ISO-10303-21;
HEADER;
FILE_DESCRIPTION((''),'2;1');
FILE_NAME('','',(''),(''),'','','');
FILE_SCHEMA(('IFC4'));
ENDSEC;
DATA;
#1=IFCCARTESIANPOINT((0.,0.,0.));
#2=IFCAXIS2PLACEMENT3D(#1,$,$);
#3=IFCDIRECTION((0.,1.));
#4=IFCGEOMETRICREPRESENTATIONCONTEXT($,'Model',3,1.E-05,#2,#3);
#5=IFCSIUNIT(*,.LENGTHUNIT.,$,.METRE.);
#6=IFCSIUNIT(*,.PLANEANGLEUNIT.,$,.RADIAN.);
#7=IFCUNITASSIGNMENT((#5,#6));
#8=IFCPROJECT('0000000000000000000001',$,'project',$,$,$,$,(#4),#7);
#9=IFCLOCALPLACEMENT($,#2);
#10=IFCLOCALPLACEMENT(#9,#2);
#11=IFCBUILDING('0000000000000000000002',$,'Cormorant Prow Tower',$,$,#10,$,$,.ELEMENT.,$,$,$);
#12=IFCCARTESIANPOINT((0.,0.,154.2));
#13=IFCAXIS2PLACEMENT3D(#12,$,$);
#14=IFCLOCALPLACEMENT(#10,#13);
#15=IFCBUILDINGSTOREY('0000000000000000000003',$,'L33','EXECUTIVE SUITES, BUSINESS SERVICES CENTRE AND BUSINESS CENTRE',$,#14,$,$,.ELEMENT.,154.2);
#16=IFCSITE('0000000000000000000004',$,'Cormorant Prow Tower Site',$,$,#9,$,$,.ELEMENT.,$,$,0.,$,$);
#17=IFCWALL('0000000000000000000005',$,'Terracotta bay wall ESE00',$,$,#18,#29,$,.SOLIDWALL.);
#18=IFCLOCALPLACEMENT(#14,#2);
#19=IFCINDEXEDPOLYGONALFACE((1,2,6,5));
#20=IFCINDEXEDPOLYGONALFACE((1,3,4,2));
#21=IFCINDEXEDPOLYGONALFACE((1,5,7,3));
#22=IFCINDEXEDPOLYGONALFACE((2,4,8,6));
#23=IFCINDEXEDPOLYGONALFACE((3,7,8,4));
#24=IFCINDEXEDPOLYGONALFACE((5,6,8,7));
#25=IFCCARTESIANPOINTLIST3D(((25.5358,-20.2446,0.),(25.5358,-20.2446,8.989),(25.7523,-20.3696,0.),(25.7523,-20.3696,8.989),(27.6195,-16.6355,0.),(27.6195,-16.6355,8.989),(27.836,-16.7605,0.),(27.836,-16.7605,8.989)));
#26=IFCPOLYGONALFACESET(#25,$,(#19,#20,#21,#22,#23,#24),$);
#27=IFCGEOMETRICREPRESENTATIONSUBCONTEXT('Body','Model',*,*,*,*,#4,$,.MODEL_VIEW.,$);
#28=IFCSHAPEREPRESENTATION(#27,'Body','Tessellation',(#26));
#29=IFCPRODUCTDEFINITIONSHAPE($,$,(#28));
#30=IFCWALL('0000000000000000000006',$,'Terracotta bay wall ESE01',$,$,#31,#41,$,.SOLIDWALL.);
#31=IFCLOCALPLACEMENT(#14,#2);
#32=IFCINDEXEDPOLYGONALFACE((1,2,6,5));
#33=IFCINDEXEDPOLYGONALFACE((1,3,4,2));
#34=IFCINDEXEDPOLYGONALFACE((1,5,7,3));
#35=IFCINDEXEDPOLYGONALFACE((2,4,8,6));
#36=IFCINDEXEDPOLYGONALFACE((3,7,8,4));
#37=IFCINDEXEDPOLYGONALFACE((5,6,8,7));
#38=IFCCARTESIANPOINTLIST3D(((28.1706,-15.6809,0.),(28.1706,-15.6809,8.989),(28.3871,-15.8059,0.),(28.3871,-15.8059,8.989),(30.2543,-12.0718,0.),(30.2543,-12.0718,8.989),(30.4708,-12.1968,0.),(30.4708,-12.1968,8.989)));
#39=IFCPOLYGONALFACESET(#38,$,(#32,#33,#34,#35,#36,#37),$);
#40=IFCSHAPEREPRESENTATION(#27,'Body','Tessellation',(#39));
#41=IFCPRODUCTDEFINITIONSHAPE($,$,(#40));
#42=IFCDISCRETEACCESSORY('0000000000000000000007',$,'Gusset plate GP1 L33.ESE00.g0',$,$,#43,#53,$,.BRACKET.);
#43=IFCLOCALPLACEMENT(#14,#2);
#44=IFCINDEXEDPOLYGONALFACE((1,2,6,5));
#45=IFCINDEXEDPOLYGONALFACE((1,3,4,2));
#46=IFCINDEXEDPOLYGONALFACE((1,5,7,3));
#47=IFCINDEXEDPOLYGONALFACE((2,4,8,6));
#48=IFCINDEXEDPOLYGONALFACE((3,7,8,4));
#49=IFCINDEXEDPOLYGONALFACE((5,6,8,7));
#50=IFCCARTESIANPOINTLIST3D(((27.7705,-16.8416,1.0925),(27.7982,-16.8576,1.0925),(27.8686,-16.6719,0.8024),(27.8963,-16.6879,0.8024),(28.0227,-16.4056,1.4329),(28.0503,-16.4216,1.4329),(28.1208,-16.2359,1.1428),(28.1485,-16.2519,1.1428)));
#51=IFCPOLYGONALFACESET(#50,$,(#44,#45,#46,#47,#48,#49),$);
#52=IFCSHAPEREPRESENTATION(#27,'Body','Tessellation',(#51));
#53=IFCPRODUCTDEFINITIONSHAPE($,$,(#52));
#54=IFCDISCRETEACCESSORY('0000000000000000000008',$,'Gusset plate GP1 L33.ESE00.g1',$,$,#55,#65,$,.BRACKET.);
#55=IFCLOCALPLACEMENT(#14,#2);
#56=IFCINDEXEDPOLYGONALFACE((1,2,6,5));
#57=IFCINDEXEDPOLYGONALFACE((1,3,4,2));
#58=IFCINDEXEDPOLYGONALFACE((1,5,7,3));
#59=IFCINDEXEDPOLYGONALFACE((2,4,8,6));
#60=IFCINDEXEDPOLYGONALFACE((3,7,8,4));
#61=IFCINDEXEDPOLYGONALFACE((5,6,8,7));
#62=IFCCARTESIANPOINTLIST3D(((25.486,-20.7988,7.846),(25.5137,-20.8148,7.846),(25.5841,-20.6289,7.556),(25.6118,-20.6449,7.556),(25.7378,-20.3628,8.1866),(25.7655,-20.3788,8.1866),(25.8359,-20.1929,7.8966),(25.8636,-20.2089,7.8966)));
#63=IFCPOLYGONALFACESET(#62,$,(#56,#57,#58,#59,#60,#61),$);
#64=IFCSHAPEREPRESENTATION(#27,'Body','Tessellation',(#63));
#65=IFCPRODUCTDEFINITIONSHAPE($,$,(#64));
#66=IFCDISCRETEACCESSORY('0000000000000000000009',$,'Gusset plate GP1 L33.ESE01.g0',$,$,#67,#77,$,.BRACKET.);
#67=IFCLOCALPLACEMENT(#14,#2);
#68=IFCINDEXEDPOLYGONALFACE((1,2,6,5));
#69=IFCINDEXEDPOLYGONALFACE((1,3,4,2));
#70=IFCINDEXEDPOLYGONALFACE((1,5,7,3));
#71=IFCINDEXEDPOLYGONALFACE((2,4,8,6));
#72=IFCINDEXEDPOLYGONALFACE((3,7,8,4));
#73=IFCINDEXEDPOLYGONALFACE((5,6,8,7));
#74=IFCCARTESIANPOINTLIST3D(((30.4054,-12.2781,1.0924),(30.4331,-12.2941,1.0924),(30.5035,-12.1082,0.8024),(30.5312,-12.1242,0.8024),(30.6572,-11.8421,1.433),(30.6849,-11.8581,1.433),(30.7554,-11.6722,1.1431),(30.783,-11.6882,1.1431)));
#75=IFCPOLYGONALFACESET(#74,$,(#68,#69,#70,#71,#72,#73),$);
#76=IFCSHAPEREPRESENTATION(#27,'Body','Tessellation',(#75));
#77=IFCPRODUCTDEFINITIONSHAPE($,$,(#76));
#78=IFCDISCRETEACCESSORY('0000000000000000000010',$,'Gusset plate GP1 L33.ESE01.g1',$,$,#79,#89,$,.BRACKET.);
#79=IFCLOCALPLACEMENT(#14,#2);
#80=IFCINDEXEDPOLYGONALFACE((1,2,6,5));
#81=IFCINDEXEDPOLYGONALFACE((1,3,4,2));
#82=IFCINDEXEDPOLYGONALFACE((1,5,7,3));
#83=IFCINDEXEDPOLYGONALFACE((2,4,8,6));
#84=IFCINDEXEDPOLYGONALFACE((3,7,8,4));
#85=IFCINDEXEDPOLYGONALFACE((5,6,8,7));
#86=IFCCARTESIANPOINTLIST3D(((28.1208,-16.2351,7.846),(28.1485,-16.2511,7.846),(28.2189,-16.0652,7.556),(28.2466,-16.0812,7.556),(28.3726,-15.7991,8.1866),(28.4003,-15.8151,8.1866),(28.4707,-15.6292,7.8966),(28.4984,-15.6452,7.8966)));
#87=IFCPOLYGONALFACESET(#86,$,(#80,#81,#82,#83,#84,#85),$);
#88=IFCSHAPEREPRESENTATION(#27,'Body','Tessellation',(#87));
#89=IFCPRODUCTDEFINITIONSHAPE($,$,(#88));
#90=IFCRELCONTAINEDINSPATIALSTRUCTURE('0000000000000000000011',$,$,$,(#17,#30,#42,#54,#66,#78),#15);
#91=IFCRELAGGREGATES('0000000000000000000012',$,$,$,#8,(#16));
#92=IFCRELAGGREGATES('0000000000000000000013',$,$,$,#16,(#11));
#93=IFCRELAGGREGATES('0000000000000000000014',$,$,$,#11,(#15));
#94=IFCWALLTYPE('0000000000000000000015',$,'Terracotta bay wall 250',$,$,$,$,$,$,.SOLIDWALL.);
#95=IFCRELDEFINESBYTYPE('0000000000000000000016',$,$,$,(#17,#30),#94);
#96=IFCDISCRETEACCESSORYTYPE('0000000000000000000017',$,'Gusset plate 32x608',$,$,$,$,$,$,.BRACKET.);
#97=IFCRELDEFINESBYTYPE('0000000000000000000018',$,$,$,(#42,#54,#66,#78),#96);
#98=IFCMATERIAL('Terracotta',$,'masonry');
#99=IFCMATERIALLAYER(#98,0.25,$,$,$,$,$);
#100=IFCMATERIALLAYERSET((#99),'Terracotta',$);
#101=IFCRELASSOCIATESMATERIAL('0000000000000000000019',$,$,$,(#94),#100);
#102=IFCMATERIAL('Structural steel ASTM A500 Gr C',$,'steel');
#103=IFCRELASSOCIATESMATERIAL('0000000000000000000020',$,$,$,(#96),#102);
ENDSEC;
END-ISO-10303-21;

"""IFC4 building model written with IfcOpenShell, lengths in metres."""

from ifc_helpers import new_model, si_unit, direction, frame, frame_2d, origin, origin_2d, place, context, subcontext, project, spatial, rectangle, extrude, material, layer, layer_set, material_profile, profile_set, type_object, element, save


model = new_model("IFC4")

# Units and contexts
model_context = context("Model", 3, precision=1e-05, world=origin(), true_north=direction((0.0, 1.0)))
body_context = subcontext(model_context, "Body", "Model", "MODEL_VIEW")
ifc_project = project(units=[si_unit("LENGTHUNIT", "METRE"), si_unit("PLANEANGLEUNIT", "RADIAN")], contexts=[model_context])

# Site, building, storey
site_placement = place(None, origin())
site = spatial("IfcSite", under=ifc_project, at=site_placement, Name="Cormorant Prow Tower Site", CompositionType="ELEMENT", RefElevation=0.0)
building_placement = place(site_placement, origin())
building = spatial("IfcBuilding", under=site, at=building_placement, Name="Cormorant Prow Tower", CompositionType="ELEMENT")
storey_placement = place(building_placement, frame((0.0, 0.0, 154.2)))
storey = spatial("IfcBuildingStorey", under=building, at=storey_placement, Name="L33", Description="EXECUTIVE SUITES, BUSINESS SERVICES CENTRE AND BUSINESS CENTRE", CompositionType="ELEMENT", Elevation=154.2)

# Walls
ifc_material_1 = material(Name="Terracotta", Category="masonry")
ifc_layer_1 = layer(ifc_material_1, 0.25)
ifc_layer_set_1 = layer_set([ifc_layer_1], Name="Terracotta")
wall_type_1 = type_object("IfcWallType", Name="Terracotta bay wall 250", PredefinedType="SOLIDWALL", material=ifc_layer_set_1)
for number, where, z_axis, x_axis, name in (
    (1, (25.644, -20.3071, 0.0), (0.0, 0.0, 1.0), (0.500001, 0.866025, 0.0), "Terracotta bay wall ESE00"),
    (2, (28.2788, -15.7434, 0.0), (0.0, 0.0, 1.0), (0.500001, 0.866025, 0.0), "Terracotta bay wall ESE01"),
):
    element("IfcWall", number, at=place(storey_placement, frame(where, z_axis=z_axis, x_axis=x_axis)), inside=storey, type_object=wall_type_1, Name=name, PredefinedType="SOLIDWALL", context=body_context, shape_type="SweptSolid", body=[
        extrude(rectangle(XDim=4.1675, YDim=0.25, at=frame_2d((2.0837, 0.0))), origin(), (0.0, 0.0, 1.0), 8.989),
    ])

# Discrete accessories
ifc_material_2 = material(Name="Structural steel ASTM A500 Gr C", Category="steel")
ifc_material_profile_1 = material_profile(ifc_material_2, rectangle(XDim=0.032, YDim=0.6079, at=origin_2d()), Name="Gusset plate 32x608")
ifc_profile_set_1 = profile_set([ifc_material_profile_1], Name="Structural steel ASTM A500 Gr C")
discrete_accessory_type = type_object("IfcDiscreteAccessoryType", Name="Gusset plate 32x608", PredefinedType="BRACKET", material=ifc_profile_set_1)
for number, where, z_axis, x_axis, name in (
    (3, (27.9104, -16.6316, 1.2627), (0.280361, 0.484703, -0.828529), (-0.865625, 0.500693, 0.0), "Gusset plate GP1 L33.ESE00.g0"),
    (4, (25.7239, -20.4189, 7.7263), (-0.280266, -0.485237, 0.828249), (0.865937, -0.500153, 0.0), "Gusset plate GP1 L33.ESE00.g1"),
    (5, (30.5452, -12.0681, 1.2627), (0.280266, 0.485237, -0.828249), (-0.865937, 0.500153, 0.0), "Gusset plate GP1 L33.ESE01.g0"),
    (6, (28.3586, -15.8552, 7.7263), (-0.280266, -0.485237, 0.828249), (0.865937, -0.500153, 0.0), "Gusset plate GP1 L33.ESE01.g1"),
):
    element("IfcDiscreteAccessory", number, at=place(storey_placement, frame(where, z_axis=z_axis, x_axis=x_axis)), inside=storey, type_object=discrete_accessory_type, Name=name, PredefinedType="BRACKET", context=body_context, shape_type="SweptSolid", body=[
        extrude(rectangle(XDim=0.032, YDim=0.6079, at=origin_2d()), origin(), (0.0, 0.0, 1.0), 0.3501),
    ])

save(model, "model.ifc")
